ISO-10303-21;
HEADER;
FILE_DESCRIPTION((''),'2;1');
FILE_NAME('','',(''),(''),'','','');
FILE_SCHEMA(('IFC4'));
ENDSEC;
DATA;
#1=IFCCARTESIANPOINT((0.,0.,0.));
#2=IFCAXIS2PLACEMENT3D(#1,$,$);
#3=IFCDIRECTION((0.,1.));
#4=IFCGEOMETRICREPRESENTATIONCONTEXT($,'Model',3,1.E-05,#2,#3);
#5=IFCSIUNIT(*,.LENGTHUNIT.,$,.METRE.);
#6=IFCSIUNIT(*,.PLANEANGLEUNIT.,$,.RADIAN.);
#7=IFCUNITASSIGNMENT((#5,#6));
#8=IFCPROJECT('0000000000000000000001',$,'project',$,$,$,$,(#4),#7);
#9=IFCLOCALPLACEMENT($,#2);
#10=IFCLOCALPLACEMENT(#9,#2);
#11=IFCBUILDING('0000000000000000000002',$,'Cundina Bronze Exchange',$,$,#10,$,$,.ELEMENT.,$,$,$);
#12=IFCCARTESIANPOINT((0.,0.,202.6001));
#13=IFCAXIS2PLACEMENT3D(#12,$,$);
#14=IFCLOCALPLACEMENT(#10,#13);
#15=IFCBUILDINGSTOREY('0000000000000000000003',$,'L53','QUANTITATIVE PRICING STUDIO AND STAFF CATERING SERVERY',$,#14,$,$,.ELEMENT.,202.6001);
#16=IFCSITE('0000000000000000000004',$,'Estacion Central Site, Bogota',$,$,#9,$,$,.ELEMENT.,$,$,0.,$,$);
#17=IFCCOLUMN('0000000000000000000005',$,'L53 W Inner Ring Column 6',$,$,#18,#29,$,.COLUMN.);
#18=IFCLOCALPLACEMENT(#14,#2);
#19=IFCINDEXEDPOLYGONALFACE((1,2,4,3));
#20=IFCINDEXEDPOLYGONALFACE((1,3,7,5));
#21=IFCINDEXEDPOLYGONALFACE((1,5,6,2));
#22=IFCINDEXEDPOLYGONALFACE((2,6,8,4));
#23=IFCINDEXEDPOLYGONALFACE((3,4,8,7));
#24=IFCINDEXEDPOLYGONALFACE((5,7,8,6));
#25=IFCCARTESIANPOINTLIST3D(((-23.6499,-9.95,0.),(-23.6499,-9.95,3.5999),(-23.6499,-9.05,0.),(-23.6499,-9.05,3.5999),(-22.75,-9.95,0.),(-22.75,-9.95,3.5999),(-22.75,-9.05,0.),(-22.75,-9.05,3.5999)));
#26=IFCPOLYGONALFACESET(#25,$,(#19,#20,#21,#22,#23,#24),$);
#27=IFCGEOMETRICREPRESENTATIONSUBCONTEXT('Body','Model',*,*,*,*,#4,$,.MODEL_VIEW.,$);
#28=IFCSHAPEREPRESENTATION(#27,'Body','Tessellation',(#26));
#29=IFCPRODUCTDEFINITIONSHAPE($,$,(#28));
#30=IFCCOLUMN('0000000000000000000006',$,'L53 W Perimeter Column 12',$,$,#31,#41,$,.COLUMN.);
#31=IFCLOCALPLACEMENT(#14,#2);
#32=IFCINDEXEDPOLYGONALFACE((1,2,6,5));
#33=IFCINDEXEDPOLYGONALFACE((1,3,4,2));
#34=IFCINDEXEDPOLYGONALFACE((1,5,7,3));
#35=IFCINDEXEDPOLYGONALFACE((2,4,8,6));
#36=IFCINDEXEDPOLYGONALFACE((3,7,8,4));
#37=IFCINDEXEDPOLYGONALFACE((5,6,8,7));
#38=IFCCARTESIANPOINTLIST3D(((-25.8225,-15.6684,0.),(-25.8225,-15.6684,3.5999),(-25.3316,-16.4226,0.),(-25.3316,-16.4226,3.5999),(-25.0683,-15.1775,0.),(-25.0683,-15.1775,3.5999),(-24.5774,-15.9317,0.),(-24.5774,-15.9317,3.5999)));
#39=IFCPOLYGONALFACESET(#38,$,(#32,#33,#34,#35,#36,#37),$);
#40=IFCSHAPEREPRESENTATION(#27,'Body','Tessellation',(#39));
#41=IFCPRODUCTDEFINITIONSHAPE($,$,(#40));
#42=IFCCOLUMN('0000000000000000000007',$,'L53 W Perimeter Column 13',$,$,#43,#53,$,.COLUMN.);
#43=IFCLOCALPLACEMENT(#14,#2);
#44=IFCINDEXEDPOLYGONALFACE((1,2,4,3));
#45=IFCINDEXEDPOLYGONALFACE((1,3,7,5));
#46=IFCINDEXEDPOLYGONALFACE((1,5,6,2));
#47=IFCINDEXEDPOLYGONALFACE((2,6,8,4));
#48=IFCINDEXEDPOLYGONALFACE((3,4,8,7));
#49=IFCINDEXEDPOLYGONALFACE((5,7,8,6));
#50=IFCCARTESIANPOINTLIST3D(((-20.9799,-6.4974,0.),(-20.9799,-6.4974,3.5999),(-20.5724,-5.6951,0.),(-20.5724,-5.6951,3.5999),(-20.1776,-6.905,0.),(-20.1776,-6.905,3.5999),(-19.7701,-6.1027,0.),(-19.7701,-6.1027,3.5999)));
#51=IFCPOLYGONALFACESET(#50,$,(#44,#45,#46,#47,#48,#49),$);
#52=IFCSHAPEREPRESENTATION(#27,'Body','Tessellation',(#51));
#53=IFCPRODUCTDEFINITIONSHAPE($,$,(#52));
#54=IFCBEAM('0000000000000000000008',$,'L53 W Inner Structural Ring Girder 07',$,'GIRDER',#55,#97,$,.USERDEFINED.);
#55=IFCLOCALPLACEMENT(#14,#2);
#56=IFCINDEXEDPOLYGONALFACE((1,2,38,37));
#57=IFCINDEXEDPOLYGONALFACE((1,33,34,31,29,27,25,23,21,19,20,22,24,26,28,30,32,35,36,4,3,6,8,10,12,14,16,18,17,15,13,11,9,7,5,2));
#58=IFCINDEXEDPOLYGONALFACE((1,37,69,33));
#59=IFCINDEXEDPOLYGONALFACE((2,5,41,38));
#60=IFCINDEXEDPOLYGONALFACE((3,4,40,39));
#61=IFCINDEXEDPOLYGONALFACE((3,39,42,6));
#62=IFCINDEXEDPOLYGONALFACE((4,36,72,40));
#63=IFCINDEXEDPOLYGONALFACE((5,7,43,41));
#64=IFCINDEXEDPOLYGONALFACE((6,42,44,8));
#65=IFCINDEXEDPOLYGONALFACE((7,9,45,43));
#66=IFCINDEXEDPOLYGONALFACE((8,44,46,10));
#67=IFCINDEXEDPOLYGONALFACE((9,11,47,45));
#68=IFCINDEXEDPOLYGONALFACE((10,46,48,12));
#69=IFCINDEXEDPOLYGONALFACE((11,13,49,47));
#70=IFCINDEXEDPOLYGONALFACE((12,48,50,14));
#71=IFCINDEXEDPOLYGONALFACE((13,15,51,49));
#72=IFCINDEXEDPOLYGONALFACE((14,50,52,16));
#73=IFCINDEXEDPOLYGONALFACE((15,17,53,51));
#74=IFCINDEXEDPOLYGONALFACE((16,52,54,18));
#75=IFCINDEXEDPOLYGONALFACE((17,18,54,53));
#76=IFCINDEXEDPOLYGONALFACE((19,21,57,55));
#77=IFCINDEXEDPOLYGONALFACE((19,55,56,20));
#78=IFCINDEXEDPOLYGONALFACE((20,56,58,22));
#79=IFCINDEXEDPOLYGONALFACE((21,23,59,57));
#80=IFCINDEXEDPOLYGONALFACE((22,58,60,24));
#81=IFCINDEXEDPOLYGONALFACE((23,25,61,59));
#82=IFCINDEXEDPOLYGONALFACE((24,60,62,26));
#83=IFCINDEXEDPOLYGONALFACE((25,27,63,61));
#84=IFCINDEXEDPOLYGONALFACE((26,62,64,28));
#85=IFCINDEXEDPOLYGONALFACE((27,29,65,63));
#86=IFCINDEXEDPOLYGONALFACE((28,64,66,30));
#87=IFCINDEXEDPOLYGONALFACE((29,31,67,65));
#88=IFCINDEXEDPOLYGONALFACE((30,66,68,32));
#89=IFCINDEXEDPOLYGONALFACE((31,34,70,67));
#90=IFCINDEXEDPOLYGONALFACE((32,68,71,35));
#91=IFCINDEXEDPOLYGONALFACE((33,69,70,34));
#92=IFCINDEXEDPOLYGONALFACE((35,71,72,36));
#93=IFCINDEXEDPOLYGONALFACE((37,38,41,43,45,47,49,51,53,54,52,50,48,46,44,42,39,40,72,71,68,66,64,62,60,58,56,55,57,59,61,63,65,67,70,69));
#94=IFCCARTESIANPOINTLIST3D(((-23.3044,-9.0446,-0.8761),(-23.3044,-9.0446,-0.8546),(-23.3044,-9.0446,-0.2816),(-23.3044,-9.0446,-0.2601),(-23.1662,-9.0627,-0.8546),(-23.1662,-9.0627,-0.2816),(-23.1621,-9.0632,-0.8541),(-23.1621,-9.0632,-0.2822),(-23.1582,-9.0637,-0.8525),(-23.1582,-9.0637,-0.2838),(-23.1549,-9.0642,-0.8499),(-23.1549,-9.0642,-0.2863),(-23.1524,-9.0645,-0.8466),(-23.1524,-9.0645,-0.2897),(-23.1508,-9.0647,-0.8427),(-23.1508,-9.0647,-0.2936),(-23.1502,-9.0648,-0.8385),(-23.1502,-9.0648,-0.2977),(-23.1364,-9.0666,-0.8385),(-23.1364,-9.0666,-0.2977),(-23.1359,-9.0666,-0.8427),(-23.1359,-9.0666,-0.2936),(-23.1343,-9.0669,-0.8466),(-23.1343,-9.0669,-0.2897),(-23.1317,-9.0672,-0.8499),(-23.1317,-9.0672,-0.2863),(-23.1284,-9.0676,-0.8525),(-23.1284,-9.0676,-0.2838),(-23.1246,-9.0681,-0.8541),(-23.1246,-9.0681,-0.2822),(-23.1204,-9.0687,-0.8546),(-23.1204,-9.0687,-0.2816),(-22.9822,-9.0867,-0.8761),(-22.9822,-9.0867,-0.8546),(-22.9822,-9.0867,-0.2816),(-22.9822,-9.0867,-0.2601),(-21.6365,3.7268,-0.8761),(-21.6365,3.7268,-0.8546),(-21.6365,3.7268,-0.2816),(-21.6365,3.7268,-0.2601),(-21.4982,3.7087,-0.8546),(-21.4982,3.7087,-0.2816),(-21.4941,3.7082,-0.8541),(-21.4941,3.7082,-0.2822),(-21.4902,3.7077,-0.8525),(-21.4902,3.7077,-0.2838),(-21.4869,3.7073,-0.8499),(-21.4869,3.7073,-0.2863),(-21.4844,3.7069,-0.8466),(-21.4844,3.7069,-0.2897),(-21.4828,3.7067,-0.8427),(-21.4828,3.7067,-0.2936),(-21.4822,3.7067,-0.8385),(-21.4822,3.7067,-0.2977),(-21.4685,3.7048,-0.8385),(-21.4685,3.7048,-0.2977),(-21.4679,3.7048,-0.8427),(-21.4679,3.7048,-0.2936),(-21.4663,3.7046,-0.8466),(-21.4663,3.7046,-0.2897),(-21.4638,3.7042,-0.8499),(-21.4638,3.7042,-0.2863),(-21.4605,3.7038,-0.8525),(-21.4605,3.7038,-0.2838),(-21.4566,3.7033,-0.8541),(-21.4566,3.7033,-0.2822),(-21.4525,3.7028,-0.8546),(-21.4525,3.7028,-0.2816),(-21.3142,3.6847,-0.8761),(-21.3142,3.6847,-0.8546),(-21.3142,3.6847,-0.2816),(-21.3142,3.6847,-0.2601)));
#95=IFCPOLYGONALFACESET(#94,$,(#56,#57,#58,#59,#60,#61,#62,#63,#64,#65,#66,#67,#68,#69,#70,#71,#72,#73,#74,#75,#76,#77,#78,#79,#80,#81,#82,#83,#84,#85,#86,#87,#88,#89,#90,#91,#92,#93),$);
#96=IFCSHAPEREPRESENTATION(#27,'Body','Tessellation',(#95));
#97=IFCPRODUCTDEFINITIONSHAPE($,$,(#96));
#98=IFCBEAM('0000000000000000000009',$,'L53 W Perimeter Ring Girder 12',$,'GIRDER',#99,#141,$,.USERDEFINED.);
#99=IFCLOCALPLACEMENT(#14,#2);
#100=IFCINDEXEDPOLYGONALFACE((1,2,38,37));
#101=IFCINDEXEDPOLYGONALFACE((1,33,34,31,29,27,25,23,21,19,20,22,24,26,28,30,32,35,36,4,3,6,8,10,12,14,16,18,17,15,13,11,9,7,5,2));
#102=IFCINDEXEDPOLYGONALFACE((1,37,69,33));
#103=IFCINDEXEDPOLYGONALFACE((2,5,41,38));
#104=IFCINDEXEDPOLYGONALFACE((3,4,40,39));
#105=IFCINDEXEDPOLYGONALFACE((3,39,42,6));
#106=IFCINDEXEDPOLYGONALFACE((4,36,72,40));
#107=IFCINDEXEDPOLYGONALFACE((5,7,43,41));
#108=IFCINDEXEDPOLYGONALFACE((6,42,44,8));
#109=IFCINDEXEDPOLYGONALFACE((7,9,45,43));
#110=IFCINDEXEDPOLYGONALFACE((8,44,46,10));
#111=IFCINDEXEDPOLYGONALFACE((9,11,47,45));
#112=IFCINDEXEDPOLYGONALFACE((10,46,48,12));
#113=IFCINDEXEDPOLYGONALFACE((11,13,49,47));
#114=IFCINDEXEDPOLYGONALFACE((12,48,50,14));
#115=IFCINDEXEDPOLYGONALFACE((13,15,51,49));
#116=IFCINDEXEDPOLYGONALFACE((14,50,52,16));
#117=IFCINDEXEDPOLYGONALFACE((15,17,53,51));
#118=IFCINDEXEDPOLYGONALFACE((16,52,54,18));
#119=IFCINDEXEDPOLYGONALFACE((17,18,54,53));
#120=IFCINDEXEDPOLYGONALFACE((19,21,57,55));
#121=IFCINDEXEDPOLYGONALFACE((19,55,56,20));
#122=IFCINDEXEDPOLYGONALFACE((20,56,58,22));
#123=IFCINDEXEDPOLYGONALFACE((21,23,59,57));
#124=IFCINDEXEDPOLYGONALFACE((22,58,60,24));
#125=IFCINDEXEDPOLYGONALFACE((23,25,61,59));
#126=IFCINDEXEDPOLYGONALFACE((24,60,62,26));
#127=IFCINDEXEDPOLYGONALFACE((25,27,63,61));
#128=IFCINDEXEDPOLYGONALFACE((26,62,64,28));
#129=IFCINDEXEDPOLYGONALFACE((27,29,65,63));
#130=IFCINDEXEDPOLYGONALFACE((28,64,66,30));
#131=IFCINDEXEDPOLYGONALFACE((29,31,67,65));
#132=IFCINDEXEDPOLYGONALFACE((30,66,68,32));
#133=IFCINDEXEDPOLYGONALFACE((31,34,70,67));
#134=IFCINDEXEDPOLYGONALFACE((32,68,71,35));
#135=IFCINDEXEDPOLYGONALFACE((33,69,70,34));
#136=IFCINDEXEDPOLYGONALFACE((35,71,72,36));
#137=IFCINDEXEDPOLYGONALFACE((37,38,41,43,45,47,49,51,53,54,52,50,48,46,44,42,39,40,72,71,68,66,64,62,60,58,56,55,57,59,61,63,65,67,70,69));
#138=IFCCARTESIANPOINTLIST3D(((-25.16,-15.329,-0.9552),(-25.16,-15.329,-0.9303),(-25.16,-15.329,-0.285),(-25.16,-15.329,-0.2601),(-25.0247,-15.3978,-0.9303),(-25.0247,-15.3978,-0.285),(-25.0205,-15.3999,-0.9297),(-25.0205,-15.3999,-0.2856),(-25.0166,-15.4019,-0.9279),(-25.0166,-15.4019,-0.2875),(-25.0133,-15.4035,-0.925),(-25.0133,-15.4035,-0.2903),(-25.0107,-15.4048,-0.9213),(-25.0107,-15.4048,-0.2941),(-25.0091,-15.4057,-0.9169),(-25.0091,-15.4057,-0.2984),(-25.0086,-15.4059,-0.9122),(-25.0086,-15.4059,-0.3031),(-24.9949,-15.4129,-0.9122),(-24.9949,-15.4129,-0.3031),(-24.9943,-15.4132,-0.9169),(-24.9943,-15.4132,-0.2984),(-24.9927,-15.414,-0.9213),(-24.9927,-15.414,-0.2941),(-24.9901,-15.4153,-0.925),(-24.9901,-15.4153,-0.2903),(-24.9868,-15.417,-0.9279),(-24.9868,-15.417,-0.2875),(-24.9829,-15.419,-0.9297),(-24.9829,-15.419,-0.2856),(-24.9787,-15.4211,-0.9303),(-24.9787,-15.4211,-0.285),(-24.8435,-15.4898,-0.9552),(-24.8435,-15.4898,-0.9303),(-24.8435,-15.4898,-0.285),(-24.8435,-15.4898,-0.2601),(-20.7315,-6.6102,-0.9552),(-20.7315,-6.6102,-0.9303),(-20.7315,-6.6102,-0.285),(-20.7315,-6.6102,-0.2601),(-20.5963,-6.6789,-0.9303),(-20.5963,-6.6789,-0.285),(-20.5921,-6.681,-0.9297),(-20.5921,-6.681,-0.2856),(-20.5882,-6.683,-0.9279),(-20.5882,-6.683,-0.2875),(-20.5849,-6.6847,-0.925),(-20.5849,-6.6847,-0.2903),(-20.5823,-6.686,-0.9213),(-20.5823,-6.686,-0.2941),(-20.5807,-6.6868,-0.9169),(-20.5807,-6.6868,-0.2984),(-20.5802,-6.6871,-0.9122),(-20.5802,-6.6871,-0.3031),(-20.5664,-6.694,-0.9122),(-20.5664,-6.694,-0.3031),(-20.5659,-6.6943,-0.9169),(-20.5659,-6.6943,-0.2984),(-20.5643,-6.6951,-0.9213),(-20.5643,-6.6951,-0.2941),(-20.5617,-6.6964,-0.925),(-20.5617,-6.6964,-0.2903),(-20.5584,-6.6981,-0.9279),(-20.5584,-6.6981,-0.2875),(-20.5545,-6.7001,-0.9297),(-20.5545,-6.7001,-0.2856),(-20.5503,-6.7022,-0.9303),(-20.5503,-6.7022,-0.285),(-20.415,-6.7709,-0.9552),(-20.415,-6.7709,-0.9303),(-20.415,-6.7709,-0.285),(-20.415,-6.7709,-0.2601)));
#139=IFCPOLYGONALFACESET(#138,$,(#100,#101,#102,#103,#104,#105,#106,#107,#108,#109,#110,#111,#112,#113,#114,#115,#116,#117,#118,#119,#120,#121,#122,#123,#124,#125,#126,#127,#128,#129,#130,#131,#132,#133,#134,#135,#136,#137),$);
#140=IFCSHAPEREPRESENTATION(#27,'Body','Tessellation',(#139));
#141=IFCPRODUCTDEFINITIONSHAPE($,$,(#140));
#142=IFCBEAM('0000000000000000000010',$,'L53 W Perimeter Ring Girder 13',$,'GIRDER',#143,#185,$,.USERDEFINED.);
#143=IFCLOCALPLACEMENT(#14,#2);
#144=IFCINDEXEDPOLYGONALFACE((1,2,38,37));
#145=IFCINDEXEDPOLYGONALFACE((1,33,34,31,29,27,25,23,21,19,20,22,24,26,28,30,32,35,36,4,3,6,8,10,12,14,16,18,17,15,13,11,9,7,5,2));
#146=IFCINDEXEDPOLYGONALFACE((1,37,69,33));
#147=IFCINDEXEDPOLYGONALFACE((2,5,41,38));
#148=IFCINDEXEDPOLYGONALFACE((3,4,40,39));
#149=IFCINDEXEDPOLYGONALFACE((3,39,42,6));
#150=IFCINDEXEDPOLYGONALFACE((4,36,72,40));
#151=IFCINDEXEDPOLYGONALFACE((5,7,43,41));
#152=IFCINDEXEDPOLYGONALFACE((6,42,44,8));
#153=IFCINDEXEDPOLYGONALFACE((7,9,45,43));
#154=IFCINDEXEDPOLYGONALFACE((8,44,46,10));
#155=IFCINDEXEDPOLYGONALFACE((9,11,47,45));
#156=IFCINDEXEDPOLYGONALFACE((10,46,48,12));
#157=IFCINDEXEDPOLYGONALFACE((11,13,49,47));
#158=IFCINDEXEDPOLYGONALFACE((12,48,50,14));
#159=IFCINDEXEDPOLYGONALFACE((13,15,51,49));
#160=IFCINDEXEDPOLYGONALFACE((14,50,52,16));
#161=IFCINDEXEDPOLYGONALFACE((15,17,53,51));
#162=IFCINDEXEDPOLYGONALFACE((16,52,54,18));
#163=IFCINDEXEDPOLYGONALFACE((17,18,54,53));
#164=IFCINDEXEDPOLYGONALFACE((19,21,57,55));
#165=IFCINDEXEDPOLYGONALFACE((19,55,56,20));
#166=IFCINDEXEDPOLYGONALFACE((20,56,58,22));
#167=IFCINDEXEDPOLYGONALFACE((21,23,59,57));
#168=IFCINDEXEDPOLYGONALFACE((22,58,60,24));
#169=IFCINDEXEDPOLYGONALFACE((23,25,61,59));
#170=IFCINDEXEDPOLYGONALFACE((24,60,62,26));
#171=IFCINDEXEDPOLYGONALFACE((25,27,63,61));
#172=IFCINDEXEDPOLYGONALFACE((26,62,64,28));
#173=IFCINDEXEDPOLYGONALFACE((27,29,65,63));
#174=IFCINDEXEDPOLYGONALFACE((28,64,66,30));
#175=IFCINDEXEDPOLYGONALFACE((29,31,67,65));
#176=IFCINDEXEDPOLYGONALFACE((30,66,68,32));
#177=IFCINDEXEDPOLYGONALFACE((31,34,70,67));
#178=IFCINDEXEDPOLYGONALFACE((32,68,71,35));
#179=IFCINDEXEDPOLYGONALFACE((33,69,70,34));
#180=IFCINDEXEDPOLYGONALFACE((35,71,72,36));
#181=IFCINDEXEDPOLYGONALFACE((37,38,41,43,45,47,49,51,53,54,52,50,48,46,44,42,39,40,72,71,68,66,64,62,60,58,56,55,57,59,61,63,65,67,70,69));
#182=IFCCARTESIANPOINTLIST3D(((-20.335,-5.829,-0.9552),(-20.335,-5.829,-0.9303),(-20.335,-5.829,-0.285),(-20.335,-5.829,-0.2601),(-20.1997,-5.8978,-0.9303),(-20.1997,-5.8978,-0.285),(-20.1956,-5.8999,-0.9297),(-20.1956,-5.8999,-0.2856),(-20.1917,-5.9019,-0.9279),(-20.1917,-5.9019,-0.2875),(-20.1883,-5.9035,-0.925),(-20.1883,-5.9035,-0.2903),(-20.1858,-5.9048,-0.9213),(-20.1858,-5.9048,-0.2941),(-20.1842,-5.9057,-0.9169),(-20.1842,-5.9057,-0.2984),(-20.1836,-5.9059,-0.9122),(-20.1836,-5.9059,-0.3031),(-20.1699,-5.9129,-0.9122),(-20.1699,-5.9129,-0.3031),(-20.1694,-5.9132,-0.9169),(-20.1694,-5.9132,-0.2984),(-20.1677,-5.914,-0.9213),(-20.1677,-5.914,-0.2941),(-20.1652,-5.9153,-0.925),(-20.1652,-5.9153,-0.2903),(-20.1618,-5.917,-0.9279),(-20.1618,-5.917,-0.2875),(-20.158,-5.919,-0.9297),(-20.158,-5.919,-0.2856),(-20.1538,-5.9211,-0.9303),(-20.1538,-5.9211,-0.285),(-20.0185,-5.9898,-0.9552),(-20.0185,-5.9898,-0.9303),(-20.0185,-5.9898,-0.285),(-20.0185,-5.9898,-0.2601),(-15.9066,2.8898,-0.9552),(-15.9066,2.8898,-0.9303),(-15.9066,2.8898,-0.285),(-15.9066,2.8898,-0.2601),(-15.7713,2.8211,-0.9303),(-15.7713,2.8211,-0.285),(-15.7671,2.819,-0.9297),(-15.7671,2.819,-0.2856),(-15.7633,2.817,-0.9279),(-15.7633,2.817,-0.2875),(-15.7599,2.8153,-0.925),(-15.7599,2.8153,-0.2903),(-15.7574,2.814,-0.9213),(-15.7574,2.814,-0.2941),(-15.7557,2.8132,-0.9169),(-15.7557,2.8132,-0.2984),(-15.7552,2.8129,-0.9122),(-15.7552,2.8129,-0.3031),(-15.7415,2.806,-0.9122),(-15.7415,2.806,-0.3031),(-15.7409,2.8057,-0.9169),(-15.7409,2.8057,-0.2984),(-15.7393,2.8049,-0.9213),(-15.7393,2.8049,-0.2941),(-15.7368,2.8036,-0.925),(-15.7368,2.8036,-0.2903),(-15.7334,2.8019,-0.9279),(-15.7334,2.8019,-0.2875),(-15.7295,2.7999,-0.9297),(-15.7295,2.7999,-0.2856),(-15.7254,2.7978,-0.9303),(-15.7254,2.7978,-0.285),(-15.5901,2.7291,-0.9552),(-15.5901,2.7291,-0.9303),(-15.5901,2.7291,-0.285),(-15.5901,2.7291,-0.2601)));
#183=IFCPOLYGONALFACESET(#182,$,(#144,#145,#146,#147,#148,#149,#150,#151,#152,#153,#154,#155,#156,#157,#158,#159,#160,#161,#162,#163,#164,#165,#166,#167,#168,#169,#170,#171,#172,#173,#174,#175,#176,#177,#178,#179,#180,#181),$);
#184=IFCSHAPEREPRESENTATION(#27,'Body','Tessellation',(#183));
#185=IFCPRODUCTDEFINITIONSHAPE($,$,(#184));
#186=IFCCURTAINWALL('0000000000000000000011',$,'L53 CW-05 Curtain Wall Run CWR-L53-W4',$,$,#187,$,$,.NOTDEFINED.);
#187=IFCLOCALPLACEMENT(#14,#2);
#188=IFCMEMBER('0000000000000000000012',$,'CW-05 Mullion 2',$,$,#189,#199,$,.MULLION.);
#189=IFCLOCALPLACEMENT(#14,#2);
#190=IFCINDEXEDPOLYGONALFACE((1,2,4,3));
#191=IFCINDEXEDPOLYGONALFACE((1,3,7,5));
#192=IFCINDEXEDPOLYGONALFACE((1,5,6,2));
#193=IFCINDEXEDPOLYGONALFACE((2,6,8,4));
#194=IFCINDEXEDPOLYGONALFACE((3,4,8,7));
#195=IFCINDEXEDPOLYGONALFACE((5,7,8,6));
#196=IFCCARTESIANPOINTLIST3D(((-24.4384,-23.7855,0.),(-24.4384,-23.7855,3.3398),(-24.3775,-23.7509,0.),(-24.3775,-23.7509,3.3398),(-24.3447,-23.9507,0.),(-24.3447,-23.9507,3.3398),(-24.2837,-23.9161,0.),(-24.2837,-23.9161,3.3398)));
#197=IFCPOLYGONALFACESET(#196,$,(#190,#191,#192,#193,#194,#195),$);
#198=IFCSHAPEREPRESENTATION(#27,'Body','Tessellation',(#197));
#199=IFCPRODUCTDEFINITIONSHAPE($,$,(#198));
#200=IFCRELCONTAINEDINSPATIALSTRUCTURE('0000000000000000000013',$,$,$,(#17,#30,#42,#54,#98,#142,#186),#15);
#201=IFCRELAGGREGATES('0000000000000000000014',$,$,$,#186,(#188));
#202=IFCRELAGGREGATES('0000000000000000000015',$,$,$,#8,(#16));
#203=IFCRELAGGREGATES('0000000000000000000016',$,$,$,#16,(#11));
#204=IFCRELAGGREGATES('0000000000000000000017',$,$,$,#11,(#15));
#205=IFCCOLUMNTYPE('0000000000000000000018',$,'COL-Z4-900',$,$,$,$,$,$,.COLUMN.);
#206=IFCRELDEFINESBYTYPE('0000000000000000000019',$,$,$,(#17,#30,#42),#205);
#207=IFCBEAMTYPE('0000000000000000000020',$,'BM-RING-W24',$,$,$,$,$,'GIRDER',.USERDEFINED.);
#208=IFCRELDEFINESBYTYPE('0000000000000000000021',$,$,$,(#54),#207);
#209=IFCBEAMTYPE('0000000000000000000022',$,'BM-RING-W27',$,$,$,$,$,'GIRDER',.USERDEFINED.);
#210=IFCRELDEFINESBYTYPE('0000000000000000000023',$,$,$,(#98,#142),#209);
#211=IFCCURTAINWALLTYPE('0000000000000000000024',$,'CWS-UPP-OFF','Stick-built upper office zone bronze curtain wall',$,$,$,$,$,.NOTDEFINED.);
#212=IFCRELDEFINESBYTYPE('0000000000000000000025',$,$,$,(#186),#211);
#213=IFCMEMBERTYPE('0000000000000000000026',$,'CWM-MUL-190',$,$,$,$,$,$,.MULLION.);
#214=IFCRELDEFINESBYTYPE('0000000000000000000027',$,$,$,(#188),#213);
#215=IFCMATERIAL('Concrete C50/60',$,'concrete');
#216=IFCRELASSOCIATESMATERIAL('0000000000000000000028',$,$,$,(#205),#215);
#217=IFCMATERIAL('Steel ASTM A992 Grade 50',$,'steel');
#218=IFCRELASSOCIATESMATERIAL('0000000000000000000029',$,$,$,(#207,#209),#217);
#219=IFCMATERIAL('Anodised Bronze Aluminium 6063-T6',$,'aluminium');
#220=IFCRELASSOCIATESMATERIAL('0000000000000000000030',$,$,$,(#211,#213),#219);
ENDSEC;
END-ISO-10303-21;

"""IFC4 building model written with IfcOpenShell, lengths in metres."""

from ifc_helpers import new_model, si_unit, direction, frame, origin, origin_2d, place, context, subcontext, project, spatial, rectangle, i_section, extrude, material, material_profile, profile_set, type_object, element, aggregate, save


model = new_model("IFC4")

# Units and contexts
model_context = context("Model", 3, precision=1e-05, world=origin(), true_north=direction((0.0, 1.0)))
body_context = subcontext(model_context, "Body", "Model", "MODEL_VIEW")
ifc_project = project(units=[si_unit("LENGTHUNIT", "METRE"), si_unit("PLANEANGLEUNIT", "RADIAN")], contexts=[model_context])

# Site, building, storey
site_placement = place(None, origin())
site = spatial("IfcSite", under=ifc_project, at=site_placement, Name="Estacion Central Site, Bogota", CompositionType="ELEMENT", RefElevation=0.0)
building_placement = place(site_placement, origin())
building = spatial("IfcBuilding", under=site, at=building_placement, Name="Cundina Bronze Exchange", CompositionType="ELEMENT")
storey_placement = place(building_placement, frame((0.0, 0.0, 202.6001)))
storey = spatial("IfcBuildingStorey", under=building, at=storey_placement, Name="L53", Description="QUANTITATIVE PRICING STUDIO AND STAFF CATERING SERVERY", CompositionType="ELEMENT", Elevation=202.6001)

# Columns
ifc_material_1 = material(Name="Concrete C50/60", Category="concrete")
ifc_material_profile_1 = material_profile(ifc_material_1, rectangle(XDim=0.8999, YDim=0.8999, at=origin_2d()), Name="RC900X900", Category="concrete")
ifc_profile_set_1 = profile_set([ifc_material_profile_1], Name="Concrete C50/60")
column_type = type_object("IfcColumnType", Name="COL-Z4-900", PredefinedType="COLUMN", material=ifc_profile_set_1)
for number, where, z_axis, x_axis, name in (
    (1, (-23.2, -9.5, 0.0), (0.0, 0.0, 1.0), (1.0, 0.0, 0.0), "L53 W Inner Ring Column 6"),
    (2, (-25.2, -15.8, 0.0), (0.0, 0.0, 1.0), (0.8381, 0.545517, 0.0), "L53 W Perimeter Column 12"),
    (3, (-20.375, -6.3, 0.0), (0.0, 0.0, 1.0), (0.452902, 0.891561, 0.0), "L53 W Perimeter Column 13"),
):
    element("IfcColumn", number, at=place(storey_placement, frame(where, z_axis=z_axis, x_axis=x_axis)), inside=storey, type_object=column_type, Name=name, PredefinedType="COLUMN", context=body_context, shape_type="SweptSolid", body=[
        extrude(rectangle(XDim=0.8999, YDim=0.8999, at=origin_2d()), origin(), (0.0, 0.0, 1.0), 3.5999),
    ])

# Beams
ifc_material_2 = material(Name="Steel ASTM A992 Grade 50", Category="steel")
ifc_material_profile_2 = material_profile(ifc_material_2, i_section(OverallWidth=0.325, OverallDepth=0.616, WebThickness=0.0139, FlangeThickness=0.0215, FilletRadius=0.0161, at=origin_2d()), Name="W24X117", Category="steel")
ifc_profile_set_2 = profile_set([ifc_material_profile_2], Name="Steel ASTM A992 Grade 50")
beam_type_1 = type_object("IfcBeamType", Name="BM-RING-W24", ElementType="GIRDER", PredefinedType="USERDEFINED", material=ifc_profile_set_2)
beam_placement = place(storey_placement, frame((-23.1433, -9.0657, -0.5681), z_axis=(0.129501, 0.991579, 0.0), x_axis=(-0.991579, 0.129501, 0.0)))
element("IfcBeam", 4, at=beam_placement, inside=storey, type_object=beam_type_1, Name="L53 W Inner Structural Ring Girder 07", ObjectType="GIRDER", PredefinedType="USERDEFINED", context=body_context, shape_type="SweptSolid", body=[
    extrude(i_section(OverallWidth=0.325, OverallDepth=0.616, WebThickness=0.0139, FlangeThickness=0.0215, FilletRadius=0.0161, at=origin_2d()), origin(), (0.0, 0.0, 1.0), 12.8799),
])
ifc_material_profile_3 = material_profile(ifc_material_2, i_section(OverallWidth=0.355, OverallDepth=0.6951, WebThickness=0.0154, FlangeThickness=0.0249, FilletRadius=0.0181, at=origin_2d()), Name="W27X146", Category="steel")
ifc_profile_set_3 = profile_set([ifc_material_profile_3], Name="Steel ASTM A992 Grade 50")
beam_type_2 = type_object("IfcBeamType", Name="BM-RING-W27", ElementType="GIRDER", PredefinedType="USERDEFINED", material=ifc_profile_set_3)
for number, where, z_axis, x_axis, name in (
    (5, (-25.0017, -15.4094, -0.6077), (0.452847, 0.891588, 0.0), (-0.891588, 0.452847, 0.0), "L53 W Perimeter Ring Girder 12"),
    (6, (-20.1768, -5.9094, -0.6077), (0.452847, 0.891588, 0.0), (-0.891588, 0.452847, 0.0), "L53 W Perimeter Ring Girder 13"),
):
    element("IfcBeam", number, at=place(storey_placement, frame(where, z_axis=z_axis, x_axis=x_axis)), inside=storey, type_object=beam_type_2, Name=name, ObjectType="GIRDER", PredefinedType="USERDEFINED", context=body_context, shape_type="SweptSolid", body=[
        extrude(i_section(OverallWidth=0.355, OverallDepth=0.6951, WebThickness=0.0154, FlangeThickness=0.0249, FilletRadius=0.0181, at=origin_2d()), origin(), (0.0, 0.0, 1.0), 9.7791),
    ])

# Curtain wall, member
ifc_material_3 = material(Name="Anodised Bronze Aluminium 6063-T6", Category="aluminium")
curtain_wall_type = type_object("IfcCurtainWallType", Name="CWS-UPP-OFF", Description="Stick-built upper office zone bronze curtain wall", PredefinedType="NOTDEFINED", material=ifc_material_3)
curtain_wall_placement = place(storey_placement, origin())
curtain_wall = element("IfcCurtainWall", 7, at=curtain_wall_placement, inside=storey, type_object=curtain_wall_type, Name="L53 CW-05 Curtain Wall Run CWR-L53-W4", PredefinedType="NOTDEFINED")
ifc_material_profile_4 = material_profile(ifc_material_3, rectangle(XDim=0.0701, YDim=0.1899, at=origin_2d()), Name="AL70X190", Category="aluminium")
ifc_profile_set_4 = profile_set([ifc_material_profile_4], Name="Anodised Bronze Aluminium 6063-T6")
member_type_1 = type_object("IfcMemberType", Name="CWM-MUL-190", PredefinedType="MULLION", material=ifc_profile_set_4)
member_1_placement = place(storey_placement, frame((-24.3611, -23.8508, 0.0), z_axis=(0.0, 0.0, 1.0), x_axis=(0.869581, 0.49379, 0.0)))
member_1 = element("IfcMember", 8, at=member_1_placement, type_object=member_type_1, Name="CW-05 Mullion 2", PredefinedType="MULLION", context=body_context, shape_type="SweptSolid", body=[
    extrude(rectangle(XDim=0.0701, YDim=0.1899, at=origin_2d()), origin(), (0.0, 0.0, 1.0), 3.3398),
])
aggregate(curtain_wall, [member_1])

save(model, "model.ifc")
